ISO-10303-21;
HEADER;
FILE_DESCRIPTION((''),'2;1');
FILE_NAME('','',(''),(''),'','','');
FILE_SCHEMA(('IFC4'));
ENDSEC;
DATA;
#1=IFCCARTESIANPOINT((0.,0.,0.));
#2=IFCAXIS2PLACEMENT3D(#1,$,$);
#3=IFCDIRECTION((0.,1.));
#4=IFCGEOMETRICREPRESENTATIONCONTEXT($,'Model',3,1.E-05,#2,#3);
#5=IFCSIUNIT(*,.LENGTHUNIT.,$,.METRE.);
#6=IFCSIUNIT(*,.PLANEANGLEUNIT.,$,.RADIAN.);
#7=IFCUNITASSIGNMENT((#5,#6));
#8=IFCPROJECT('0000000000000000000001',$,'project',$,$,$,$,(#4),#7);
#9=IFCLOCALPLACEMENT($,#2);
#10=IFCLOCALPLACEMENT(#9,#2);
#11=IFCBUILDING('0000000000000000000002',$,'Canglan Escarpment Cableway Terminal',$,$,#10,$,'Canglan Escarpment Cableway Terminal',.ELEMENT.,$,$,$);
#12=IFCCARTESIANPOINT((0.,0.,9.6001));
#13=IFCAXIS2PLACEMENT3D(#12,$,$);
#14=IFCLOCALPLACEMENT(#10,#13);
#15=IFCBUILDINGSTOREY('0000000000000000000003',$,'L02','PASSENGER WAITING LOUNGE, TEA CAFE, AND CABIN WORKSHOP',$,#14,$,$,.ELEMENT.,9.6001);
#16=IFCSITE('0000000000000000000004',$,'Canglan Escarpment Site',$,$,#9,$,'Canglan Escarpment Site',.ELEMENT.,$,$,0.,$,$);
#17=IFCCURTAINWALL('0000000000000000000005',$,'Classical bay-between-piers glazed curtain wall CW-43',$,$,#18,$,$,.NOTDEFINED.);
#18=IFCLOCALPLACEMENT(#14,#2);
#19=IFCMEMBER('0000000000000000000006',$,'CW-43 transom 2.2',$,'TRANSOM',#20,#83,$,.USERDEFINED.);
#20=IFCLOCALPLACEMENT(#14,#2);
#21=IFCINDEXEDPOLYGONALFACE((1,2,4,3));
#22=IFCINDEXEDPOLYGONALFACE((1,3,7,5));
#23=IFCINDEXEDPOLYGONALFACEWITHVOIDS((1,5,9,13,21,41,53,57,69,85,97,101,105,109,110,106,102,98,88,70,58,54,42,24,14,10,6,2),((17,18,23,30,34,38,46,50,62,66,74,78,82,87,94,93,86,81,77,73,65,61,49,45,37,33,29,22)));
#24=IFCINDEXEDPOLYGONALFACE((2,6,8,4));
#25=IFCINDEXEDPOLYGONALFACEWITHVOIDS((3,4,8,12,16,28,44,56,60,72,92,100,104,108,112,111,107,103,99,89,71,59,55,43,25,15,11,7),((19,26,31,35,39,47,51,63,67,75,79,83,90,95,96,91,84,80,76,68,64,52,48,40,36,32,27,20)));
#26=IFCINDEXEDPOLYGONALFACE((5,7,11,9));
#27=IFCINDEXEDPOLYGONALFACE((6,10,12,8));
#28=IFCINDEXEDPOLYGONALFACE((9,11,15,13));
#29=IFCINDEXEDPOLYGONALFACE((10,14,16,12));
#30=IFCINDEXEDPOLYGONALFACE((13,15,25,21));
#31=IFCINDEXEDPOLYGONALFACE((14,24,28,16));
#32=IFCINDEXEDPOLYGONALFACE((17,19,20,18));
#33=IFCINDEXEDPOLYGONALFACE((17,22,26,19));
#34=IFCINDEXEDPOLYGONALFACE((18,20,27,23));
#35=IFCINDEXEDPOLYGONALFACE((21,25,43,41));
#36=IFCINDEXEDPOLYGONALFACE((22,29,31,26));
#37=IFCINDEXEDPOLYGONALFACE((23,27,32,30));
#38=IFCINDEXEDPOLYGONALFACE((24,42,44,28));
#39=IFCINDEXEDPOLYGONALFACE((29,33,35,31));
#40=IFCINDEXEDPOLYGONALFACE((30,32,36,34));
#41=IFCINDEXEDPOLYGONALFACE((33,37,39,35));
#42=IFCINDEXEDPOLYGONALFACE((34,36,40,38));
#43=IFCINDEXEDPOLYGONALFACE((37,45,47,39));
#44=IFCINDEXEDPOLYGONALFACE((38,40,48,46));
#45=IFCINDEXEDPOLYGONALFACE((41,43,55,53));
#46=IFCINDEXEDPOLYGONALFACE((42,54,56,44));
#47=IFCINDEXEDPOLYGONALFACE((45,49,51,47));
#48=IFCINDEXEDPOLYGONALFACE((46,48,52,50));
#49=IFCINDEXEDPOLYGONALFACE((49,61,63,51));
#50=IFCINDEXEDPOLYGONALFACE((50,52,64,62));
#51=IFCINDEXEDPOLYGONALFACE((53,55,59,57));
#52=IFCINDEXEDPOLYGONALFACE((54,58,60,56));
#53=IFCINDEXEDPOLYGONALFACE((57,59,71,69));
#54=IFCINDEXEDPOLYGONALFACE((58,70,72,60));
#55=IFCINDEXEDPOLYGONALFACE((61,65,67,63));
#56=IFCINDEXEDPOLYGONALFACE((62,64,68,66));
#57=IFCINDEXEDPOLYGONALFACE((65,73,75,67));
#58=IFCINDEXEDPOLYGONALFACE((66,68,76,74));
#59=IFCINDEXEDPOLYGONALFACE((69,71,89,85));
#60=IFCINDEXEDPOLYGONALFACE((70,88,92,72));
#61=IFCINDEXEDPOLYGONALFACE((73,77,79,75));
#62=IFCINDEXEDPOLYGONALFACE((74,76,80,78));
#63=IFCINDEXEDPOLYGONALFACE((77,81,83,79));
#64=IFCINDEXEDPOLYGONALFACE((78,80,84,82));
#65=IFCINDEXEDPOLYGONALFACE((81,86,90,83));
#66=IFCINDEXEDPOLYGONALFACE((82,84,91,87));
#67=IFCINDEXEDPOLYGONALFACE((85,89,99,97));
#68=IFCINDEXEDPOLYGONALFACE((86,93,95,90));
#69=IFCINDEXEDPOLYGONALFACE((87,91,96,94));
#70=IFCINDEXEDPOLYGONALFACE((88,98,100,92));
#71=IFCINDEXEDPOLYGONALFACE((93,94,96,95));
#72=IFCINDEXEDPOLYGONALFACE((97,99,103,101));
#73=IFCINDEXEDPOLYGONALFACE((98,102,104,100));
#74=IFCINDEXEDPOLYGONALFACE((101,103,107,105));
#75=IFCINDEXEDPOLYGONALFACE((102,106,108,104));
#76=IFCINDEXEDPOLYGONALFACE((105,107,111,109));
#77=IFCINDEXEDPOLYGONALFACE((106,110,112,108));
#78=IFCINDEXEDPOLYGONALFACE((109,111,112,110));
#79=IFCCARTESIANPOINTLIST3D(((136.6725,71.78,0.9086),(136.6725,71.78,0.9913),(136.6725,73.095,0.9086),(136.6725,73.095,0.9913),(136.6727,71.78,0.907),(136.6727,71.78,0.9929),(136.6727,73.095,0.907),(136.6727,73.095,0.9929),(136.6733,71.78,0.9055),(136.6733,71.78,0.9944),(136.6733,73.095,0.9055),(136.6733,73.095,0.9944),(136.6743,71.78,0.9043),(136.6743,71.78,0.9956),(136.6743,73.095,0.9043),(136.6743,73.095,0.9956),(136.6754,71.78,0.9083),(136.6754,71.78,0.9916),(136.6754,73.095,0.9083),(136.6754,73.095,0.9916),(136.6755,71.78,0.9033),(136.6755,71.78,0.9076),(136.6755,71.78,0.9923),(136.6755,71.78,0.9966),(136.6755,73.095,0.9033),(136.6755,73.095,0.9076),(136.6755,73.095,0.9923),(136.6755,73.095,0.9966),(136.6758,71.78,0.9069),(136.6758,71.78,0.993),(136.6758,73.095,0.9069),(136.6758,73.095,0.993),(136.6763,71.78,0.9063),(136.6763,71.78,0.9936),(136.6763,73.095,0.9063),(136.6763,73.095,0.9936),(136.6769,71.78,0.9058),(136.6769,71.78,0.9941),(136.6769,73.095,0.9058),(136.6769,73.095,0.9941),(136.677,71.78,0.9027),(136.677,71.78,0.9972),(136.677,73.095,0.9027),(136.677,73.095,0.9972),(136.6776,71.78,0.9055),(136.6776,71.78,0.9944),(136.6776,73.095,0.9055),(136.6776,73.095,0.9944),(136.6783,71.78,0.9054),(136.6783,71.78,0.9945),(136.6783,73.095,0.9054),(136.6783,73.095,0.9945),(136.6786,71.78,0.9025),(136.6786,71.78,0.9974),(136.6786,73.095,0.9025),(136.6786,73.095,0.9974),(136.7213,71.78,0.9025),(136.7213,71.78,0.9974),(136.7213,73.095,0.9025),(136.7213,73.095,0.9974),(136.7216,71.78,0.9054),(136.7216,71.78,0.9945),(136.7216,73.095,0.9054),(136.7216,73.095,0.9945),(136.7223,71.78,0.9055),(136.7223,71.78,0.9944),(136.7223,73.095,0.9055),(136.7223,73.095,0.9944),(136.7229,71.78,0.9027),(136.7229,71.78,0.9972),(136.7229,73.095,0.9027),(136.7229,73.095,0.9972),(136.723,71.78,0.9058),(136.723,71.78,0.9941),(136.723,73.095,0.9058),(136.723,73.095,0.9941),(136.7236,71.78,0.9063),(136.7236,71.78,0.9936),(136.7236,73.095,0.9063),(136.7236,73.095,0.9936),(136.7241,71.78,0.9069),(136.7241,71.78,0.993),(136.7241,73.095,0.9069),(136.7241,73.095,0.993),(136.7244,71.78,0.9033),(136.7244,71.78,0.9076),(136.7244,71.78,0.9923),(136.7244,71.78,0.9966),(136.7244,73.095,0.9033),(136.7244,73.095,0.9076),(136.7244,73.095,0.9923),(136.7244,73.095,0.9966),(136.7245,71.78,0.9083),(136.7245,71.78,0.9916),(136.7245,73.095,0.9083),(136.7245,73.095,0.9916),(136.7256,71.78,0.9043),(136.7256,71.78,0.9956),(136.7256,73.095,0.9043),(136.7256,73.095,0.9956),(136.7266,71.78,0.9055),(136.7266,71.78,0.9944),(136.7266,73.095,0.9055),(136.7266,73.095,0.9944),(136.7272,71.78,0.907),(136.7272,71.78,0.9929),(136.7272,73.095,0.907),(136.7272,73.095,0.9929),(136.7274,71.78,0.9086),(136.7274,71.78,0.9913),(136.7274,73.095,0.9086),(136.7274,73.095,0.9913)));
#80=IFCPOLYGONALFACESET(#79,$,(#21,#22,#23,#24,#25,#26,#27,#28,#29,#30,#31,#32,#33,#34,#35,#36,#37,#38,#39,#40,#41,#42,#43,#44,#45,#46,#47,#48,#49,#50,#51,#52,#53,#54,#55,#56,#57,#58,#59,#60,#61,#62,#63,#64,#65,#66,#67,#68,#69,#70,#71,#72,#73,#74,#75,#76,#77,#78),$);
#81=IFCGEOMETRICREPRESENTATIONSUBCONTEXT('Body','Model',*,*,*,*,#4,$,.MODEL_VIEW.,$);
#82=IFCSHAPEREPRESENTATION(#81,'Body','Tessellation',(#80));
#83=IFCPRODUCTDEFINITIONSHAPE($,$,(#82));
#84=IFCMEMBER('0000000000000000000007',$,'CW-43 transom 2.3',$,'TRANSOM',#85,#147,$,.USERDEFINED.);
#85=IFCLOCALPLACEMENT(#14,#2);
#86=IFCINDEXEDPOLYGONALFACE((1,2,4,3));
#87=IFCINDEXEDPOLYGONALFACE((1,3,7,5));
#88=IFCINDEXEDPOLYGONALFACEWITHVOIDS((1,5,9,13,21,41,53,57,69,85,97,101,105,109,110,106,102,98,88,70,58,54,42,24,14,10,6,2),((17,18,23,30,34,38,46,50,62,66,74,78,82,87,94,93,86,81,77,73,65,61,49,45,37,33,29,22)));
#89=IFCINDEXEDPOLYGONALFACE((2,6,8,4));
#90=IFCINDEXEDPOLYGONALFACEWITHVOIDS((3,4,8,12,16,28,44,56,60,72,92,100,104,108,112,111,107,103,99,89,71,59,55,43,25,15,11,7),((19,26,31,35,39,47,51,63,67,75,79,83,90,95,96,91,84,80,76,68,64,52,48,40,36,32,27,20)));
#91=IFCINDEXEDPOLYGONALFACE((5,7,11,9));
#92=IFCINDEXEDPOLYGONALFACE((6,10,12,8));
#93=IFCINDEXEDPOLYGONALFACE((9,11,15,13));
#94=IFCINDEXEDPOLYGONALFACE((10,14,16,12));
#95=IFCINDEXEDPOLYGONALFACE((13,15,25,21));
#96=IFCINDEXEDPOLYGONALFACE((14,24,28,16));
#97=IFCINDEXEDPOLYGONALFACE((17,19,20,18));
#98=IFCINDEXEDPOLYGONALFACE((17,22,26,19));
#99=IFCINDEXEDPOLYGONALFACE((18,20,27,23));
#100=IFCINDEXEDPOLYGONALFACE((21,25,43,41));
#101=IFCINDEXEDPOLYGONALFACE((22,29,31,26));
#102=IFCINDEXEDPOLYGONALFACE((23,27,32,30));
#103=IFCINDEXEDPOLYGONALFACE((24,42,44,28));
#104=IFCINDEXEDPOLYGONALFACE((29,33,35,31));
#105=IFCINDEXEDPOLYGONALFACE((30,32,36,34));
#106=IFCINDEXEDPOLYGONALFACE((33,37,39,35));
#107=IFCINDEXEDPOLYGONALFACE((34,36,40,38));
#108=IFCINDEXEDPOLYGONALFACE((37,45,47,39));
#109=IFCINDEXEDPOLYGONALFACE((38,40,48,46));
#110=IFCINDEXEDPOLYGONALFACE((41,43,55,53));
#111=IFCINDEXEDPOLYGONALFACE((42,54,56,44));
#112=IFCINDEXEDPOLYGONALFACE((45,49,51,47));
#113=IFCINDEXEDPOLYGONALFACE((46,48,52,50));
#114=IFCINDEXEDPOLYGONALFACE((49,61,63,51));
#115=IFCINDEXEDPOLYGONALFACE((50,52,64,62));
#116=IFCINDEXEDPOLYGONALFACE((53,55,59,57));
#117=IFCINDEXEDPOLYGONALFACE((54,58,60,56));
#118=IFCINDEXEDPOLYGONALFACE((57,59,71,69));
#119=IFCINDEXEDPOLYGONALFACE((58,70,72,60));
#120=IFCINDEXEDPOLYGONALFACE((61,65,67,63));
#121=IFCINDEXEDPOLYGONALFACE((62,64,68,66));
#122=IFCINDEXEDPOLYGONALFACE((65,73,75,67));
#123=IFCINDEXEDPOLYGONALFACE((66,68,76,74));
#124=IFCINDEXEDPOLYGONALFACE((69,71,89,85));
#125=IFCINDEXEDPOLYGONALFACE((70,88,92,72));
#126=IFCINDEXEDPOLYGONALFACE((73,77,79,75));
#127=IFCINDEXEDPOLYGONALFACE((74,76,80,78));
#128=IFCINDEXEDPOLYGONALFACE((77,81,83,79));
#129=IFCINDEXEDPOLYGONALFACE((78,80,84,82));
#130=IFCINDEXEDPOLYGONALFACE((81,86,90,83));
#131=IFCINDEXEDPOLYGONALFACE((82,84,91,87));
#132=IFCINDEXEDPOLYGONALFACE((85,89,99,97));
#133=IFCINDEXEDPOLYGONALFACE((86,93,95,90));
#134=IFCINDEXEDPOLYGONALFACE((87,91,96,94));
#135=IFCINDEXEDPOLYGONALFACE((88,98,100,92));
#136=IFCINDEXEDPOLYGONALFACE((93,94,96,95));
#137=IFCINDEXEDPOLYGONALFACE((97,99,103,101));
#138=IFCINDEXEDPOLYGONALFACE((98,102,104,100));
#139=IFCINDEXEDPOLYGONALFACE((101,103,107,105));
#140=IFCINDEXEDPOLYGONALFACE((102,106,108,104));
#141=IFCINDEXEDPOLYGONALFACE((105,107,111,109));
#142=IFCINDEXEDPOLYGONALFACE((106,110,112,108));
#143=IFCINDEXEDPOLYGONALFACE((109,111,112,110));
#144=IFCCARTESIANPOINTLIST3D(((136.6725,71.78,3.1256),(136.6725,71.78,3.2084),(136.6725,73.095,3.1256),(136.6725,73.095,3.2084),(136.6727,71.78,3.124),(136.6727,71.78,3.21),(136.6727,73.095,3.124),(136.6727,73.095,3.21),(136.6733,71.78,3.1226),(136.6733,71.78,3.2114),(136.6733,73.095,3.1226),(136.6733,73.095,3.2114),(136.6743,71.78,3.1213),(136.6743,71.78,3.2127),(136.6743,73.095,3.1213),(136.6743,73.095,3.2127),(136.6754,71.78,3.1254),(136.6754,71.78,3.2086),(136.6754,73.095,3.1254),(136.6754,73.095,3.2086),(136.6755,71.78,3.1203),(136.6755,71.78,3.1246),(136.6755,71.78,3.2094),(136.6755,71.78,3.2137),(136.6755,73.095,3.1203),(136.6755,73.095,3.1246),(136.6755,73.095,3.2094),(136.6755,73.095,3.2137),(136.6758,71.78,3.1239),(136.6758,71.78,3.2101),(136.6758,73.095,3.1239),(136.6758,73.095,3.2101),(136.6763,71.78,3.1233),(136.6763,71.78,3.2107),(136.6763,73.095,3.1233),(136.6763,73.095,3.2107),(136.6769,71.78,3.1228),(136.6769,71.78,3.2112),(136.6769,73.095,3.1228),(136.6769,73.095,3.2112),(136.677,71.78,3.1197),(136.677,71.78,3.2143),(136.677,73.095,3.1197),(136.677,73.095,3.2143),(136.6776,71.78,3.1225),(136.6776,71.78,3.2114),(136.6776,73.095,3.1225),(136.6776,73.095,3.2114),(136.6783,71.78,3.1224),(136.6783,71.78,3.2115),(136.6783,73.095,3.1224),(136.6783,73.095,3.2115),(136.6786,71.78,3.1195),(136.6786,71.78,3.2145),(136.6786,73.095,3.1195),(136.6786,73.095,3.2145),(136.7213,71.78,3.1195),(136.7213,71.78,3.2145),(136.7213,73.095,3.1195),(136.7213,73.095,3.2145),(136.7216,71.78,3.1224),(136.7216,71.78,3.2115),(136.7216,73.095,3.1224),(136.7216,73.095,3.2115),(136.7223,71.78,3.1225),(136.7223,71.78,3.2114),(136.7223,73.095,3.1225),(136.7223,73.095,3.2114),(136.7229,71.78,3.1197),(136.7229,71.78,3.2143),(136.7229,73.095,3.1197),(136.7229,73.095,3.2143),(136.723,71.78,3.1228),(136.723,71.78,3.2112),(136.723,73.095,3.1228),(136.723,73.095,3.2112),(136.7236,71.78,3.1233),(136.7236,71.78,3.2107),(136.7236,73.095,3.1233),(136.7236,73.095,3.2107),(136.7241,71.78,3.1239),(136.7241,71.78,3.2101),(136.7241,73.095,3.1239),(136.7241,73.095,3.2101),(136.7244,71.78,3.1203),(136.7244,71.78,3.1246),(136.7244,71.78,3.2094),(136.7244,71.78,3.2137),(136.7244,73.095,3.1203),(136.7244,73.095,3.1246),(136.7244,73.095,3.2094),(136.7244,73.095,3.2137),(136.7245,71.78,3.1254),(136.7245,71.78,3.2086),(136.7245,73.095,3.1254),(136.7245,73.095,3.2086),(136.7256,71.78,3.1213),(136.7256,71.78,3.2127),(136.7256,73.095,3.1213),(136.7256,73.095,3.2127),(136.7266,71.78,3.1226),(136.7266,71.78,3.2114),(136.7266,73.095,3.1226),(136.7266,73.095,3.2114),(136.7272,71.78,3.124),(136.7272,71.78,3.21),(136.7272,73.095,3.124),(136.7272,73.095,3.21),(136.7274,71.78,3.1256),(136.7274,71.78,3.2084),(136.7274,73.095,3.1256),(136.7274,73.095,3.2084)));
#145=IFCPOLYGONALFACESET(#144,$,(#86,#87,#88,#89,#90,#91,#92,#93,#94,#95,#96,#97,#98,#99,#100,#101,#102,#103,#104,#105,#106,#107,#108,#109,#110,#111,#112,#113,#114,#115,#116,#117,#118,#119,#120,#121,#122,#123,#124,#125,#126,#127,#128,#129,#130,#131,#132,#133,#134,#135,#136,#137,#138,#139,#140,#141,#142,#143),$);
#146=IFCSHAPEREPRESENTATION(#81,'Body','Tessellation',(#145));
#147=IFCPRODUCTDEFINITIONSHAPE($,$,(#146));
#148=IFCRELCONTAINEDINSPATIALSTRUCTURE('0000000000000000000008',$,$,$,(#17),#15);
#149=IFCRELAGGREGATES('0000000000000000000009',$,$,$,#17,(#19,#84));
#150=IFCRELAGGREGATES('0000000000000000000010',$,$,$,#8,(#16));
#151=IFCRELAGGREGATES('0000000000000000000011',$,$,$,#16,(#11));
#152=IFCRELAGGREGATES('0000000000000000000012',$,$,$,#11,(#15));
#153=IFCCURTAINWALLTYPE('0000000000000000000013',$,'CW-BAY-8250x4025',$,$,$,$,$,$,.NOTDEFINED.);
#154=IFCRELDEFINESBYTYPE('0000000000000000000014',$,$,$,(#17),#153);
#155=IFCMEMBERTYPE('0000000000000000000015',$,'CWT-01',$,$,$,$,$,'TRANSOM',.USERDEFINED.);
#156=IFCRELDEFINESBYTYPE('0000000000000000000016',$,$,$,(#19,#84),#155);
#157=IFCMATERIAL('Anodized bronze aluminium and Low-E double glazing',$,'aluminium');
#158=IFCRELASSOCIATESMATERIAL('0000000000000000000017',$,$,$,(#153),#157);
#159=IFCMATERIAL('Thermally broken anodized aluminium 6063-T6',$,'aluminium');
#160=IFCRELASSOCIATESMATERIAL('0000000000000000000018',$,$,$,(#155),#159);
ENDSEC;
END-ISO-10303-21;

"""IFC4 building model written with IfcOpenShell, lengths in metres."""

from ifc_helpers import new_model, si_unit, direction, frame, origin, origin_2d, place, context, subcontext, project, spatial, hollow_rectangle, extrude, material, material_profile, profile_set, type_object, element, aggregate, save


model = new_model("IFC4")

# Units and contexts
model_context = context("Model", 3, precision=1e-05, world=origin(), true_north=direction((0.0, 1.0)))
body_context = subcontext(model_context, "Body", "Model", "MODEL_VIEW")
ifc_project = project(units=[si_unit("LENGTHUNIT", "METRE"), si_unit("PLANEANGLEUNIT", "RADIAN")], contexts=[model_context])

# Site, building, storey
site_placement = place(None, origin())
site = spatial("IfcSite", under=ifc_project, at=site_placement, Name="Canglan Escarpment Site", LongName="Canglan Escarpment Site", CompositionType="ELEMENT", RefElevation=0.0)
building_placement = place(site_placement, origin())
building = spatial("IfcBuilding", under=site, at=building_placement, Name="Canglan Escarpment Cableway Terminal", LongName="Canglan Escarpment Cableway Terminal", CompositionType="ELEMENT")
storey_placement = place(building_placement, frame((0.0, 0.0, 9.6001)))
storey = spatial("IfcBuildingStorey", under=building, at=storey_placement, Name="L02", Description="PASSENGER WAITING LOUNGE, TEA CAFE, AND CABIN WORKSHOP", CompositionType="ELEMENT", Elevation=9.6001)

# Curtain wall
ifc_material_1 = material(Name="Anodized bronze aluminium and Low-E double glazing", Category="aluminium")
curtain_wall_type = type_object("IfcCurtainWallType", Name="CW-BAY-8250x4025", PredefinedType="NOTDEFINED", material=ifc_material_1)
curtain_wall_1_placement = place(storey_placement, origin())
curtain_wall_1 = element("IfcCurtainWall", 1, at=curtain_wall_1_placement, inside=storey, type_object=curtain_wall_type, Name="Classical bay-between-piers glazed curtain wall CW-43", PredefinedType="NOTDEFINED")
ifc_material_2 = material(Name="Thermally broken anodized aluminium 6063-T6", Category="aluminium")

# Members
ifc_material_profile_1 = material_profile(ifc_material_2, hollow_rectangle(XDim=0.0549, YDim=0.095, WallThickness=0.0029, InnerFilletRadius=0.0029, OuterFilletRadius=0.0061, at=origin_2d()), Name="ALU-TRAN 55x95x3")
ifc_profile_set_1 = profile_set([ifc_material_profile_1], Name="Thermally broken anodized aluminium 6063-T6")
member_type_1 = type_object("IfcMemberType", Name="CWT-01", ElementType="TRANSOM", PredefinedType="USERDEFINED", material=ifc_profile_set_1)
member_1_placement = place(storey_placement, frame((136.7, 71.78, 0.95), z_axis=(0.0, 1.0, 0.0), x_axis=(-1.0, 0.0, 0.0)))
member_1 = element("IfcMember", 2, at=member_1_placement, type_object=member_type_1, Name="CW-43 transom 2.2", ObjectType="TRANSOM", PredefinedType="USERDEFINED", context=body_context, shape_type="SweptSolid", body=[
    extrude(hollow_rectangle(XDim=0.0549, YDim=0.095, WallThickness=0.0029, InnerFilletRadius=0.0029, OuterFilletRadius=0.0061, at=origin_2d()), origin(), (0.0, 0.0, 1.0), 1.3149),
])
member_2_placement = place(storey_placement, frame((136.7, 71.78, 3.167), z_axis=(0.0, 1.0, 0.0), x_axis=(-1.0, 0.0, 0.0)))
member_2 = element("IfcMember", 3, at=member_2_placement, type_object=member_type_1, Name="CW-43 transom 2.3", ObjectType="TRANSOM", PredefinedType="USERDEFINED", context=body_context, shape_type="SweptSolid", body=[
    extrude(hollow_rectangle(XDim=0.0549, YDim=0.095, WallThickness=0.0029, InnerFilletRadius=0.0029, OuterFilletRadius=0.0061, at=origin_2d()), origin(), (0.0, 0.0, 1.0), 1.3149),
])

aggregate(curtain_wall_1, [member_1, member_2])

save(model, "model.ifc")
